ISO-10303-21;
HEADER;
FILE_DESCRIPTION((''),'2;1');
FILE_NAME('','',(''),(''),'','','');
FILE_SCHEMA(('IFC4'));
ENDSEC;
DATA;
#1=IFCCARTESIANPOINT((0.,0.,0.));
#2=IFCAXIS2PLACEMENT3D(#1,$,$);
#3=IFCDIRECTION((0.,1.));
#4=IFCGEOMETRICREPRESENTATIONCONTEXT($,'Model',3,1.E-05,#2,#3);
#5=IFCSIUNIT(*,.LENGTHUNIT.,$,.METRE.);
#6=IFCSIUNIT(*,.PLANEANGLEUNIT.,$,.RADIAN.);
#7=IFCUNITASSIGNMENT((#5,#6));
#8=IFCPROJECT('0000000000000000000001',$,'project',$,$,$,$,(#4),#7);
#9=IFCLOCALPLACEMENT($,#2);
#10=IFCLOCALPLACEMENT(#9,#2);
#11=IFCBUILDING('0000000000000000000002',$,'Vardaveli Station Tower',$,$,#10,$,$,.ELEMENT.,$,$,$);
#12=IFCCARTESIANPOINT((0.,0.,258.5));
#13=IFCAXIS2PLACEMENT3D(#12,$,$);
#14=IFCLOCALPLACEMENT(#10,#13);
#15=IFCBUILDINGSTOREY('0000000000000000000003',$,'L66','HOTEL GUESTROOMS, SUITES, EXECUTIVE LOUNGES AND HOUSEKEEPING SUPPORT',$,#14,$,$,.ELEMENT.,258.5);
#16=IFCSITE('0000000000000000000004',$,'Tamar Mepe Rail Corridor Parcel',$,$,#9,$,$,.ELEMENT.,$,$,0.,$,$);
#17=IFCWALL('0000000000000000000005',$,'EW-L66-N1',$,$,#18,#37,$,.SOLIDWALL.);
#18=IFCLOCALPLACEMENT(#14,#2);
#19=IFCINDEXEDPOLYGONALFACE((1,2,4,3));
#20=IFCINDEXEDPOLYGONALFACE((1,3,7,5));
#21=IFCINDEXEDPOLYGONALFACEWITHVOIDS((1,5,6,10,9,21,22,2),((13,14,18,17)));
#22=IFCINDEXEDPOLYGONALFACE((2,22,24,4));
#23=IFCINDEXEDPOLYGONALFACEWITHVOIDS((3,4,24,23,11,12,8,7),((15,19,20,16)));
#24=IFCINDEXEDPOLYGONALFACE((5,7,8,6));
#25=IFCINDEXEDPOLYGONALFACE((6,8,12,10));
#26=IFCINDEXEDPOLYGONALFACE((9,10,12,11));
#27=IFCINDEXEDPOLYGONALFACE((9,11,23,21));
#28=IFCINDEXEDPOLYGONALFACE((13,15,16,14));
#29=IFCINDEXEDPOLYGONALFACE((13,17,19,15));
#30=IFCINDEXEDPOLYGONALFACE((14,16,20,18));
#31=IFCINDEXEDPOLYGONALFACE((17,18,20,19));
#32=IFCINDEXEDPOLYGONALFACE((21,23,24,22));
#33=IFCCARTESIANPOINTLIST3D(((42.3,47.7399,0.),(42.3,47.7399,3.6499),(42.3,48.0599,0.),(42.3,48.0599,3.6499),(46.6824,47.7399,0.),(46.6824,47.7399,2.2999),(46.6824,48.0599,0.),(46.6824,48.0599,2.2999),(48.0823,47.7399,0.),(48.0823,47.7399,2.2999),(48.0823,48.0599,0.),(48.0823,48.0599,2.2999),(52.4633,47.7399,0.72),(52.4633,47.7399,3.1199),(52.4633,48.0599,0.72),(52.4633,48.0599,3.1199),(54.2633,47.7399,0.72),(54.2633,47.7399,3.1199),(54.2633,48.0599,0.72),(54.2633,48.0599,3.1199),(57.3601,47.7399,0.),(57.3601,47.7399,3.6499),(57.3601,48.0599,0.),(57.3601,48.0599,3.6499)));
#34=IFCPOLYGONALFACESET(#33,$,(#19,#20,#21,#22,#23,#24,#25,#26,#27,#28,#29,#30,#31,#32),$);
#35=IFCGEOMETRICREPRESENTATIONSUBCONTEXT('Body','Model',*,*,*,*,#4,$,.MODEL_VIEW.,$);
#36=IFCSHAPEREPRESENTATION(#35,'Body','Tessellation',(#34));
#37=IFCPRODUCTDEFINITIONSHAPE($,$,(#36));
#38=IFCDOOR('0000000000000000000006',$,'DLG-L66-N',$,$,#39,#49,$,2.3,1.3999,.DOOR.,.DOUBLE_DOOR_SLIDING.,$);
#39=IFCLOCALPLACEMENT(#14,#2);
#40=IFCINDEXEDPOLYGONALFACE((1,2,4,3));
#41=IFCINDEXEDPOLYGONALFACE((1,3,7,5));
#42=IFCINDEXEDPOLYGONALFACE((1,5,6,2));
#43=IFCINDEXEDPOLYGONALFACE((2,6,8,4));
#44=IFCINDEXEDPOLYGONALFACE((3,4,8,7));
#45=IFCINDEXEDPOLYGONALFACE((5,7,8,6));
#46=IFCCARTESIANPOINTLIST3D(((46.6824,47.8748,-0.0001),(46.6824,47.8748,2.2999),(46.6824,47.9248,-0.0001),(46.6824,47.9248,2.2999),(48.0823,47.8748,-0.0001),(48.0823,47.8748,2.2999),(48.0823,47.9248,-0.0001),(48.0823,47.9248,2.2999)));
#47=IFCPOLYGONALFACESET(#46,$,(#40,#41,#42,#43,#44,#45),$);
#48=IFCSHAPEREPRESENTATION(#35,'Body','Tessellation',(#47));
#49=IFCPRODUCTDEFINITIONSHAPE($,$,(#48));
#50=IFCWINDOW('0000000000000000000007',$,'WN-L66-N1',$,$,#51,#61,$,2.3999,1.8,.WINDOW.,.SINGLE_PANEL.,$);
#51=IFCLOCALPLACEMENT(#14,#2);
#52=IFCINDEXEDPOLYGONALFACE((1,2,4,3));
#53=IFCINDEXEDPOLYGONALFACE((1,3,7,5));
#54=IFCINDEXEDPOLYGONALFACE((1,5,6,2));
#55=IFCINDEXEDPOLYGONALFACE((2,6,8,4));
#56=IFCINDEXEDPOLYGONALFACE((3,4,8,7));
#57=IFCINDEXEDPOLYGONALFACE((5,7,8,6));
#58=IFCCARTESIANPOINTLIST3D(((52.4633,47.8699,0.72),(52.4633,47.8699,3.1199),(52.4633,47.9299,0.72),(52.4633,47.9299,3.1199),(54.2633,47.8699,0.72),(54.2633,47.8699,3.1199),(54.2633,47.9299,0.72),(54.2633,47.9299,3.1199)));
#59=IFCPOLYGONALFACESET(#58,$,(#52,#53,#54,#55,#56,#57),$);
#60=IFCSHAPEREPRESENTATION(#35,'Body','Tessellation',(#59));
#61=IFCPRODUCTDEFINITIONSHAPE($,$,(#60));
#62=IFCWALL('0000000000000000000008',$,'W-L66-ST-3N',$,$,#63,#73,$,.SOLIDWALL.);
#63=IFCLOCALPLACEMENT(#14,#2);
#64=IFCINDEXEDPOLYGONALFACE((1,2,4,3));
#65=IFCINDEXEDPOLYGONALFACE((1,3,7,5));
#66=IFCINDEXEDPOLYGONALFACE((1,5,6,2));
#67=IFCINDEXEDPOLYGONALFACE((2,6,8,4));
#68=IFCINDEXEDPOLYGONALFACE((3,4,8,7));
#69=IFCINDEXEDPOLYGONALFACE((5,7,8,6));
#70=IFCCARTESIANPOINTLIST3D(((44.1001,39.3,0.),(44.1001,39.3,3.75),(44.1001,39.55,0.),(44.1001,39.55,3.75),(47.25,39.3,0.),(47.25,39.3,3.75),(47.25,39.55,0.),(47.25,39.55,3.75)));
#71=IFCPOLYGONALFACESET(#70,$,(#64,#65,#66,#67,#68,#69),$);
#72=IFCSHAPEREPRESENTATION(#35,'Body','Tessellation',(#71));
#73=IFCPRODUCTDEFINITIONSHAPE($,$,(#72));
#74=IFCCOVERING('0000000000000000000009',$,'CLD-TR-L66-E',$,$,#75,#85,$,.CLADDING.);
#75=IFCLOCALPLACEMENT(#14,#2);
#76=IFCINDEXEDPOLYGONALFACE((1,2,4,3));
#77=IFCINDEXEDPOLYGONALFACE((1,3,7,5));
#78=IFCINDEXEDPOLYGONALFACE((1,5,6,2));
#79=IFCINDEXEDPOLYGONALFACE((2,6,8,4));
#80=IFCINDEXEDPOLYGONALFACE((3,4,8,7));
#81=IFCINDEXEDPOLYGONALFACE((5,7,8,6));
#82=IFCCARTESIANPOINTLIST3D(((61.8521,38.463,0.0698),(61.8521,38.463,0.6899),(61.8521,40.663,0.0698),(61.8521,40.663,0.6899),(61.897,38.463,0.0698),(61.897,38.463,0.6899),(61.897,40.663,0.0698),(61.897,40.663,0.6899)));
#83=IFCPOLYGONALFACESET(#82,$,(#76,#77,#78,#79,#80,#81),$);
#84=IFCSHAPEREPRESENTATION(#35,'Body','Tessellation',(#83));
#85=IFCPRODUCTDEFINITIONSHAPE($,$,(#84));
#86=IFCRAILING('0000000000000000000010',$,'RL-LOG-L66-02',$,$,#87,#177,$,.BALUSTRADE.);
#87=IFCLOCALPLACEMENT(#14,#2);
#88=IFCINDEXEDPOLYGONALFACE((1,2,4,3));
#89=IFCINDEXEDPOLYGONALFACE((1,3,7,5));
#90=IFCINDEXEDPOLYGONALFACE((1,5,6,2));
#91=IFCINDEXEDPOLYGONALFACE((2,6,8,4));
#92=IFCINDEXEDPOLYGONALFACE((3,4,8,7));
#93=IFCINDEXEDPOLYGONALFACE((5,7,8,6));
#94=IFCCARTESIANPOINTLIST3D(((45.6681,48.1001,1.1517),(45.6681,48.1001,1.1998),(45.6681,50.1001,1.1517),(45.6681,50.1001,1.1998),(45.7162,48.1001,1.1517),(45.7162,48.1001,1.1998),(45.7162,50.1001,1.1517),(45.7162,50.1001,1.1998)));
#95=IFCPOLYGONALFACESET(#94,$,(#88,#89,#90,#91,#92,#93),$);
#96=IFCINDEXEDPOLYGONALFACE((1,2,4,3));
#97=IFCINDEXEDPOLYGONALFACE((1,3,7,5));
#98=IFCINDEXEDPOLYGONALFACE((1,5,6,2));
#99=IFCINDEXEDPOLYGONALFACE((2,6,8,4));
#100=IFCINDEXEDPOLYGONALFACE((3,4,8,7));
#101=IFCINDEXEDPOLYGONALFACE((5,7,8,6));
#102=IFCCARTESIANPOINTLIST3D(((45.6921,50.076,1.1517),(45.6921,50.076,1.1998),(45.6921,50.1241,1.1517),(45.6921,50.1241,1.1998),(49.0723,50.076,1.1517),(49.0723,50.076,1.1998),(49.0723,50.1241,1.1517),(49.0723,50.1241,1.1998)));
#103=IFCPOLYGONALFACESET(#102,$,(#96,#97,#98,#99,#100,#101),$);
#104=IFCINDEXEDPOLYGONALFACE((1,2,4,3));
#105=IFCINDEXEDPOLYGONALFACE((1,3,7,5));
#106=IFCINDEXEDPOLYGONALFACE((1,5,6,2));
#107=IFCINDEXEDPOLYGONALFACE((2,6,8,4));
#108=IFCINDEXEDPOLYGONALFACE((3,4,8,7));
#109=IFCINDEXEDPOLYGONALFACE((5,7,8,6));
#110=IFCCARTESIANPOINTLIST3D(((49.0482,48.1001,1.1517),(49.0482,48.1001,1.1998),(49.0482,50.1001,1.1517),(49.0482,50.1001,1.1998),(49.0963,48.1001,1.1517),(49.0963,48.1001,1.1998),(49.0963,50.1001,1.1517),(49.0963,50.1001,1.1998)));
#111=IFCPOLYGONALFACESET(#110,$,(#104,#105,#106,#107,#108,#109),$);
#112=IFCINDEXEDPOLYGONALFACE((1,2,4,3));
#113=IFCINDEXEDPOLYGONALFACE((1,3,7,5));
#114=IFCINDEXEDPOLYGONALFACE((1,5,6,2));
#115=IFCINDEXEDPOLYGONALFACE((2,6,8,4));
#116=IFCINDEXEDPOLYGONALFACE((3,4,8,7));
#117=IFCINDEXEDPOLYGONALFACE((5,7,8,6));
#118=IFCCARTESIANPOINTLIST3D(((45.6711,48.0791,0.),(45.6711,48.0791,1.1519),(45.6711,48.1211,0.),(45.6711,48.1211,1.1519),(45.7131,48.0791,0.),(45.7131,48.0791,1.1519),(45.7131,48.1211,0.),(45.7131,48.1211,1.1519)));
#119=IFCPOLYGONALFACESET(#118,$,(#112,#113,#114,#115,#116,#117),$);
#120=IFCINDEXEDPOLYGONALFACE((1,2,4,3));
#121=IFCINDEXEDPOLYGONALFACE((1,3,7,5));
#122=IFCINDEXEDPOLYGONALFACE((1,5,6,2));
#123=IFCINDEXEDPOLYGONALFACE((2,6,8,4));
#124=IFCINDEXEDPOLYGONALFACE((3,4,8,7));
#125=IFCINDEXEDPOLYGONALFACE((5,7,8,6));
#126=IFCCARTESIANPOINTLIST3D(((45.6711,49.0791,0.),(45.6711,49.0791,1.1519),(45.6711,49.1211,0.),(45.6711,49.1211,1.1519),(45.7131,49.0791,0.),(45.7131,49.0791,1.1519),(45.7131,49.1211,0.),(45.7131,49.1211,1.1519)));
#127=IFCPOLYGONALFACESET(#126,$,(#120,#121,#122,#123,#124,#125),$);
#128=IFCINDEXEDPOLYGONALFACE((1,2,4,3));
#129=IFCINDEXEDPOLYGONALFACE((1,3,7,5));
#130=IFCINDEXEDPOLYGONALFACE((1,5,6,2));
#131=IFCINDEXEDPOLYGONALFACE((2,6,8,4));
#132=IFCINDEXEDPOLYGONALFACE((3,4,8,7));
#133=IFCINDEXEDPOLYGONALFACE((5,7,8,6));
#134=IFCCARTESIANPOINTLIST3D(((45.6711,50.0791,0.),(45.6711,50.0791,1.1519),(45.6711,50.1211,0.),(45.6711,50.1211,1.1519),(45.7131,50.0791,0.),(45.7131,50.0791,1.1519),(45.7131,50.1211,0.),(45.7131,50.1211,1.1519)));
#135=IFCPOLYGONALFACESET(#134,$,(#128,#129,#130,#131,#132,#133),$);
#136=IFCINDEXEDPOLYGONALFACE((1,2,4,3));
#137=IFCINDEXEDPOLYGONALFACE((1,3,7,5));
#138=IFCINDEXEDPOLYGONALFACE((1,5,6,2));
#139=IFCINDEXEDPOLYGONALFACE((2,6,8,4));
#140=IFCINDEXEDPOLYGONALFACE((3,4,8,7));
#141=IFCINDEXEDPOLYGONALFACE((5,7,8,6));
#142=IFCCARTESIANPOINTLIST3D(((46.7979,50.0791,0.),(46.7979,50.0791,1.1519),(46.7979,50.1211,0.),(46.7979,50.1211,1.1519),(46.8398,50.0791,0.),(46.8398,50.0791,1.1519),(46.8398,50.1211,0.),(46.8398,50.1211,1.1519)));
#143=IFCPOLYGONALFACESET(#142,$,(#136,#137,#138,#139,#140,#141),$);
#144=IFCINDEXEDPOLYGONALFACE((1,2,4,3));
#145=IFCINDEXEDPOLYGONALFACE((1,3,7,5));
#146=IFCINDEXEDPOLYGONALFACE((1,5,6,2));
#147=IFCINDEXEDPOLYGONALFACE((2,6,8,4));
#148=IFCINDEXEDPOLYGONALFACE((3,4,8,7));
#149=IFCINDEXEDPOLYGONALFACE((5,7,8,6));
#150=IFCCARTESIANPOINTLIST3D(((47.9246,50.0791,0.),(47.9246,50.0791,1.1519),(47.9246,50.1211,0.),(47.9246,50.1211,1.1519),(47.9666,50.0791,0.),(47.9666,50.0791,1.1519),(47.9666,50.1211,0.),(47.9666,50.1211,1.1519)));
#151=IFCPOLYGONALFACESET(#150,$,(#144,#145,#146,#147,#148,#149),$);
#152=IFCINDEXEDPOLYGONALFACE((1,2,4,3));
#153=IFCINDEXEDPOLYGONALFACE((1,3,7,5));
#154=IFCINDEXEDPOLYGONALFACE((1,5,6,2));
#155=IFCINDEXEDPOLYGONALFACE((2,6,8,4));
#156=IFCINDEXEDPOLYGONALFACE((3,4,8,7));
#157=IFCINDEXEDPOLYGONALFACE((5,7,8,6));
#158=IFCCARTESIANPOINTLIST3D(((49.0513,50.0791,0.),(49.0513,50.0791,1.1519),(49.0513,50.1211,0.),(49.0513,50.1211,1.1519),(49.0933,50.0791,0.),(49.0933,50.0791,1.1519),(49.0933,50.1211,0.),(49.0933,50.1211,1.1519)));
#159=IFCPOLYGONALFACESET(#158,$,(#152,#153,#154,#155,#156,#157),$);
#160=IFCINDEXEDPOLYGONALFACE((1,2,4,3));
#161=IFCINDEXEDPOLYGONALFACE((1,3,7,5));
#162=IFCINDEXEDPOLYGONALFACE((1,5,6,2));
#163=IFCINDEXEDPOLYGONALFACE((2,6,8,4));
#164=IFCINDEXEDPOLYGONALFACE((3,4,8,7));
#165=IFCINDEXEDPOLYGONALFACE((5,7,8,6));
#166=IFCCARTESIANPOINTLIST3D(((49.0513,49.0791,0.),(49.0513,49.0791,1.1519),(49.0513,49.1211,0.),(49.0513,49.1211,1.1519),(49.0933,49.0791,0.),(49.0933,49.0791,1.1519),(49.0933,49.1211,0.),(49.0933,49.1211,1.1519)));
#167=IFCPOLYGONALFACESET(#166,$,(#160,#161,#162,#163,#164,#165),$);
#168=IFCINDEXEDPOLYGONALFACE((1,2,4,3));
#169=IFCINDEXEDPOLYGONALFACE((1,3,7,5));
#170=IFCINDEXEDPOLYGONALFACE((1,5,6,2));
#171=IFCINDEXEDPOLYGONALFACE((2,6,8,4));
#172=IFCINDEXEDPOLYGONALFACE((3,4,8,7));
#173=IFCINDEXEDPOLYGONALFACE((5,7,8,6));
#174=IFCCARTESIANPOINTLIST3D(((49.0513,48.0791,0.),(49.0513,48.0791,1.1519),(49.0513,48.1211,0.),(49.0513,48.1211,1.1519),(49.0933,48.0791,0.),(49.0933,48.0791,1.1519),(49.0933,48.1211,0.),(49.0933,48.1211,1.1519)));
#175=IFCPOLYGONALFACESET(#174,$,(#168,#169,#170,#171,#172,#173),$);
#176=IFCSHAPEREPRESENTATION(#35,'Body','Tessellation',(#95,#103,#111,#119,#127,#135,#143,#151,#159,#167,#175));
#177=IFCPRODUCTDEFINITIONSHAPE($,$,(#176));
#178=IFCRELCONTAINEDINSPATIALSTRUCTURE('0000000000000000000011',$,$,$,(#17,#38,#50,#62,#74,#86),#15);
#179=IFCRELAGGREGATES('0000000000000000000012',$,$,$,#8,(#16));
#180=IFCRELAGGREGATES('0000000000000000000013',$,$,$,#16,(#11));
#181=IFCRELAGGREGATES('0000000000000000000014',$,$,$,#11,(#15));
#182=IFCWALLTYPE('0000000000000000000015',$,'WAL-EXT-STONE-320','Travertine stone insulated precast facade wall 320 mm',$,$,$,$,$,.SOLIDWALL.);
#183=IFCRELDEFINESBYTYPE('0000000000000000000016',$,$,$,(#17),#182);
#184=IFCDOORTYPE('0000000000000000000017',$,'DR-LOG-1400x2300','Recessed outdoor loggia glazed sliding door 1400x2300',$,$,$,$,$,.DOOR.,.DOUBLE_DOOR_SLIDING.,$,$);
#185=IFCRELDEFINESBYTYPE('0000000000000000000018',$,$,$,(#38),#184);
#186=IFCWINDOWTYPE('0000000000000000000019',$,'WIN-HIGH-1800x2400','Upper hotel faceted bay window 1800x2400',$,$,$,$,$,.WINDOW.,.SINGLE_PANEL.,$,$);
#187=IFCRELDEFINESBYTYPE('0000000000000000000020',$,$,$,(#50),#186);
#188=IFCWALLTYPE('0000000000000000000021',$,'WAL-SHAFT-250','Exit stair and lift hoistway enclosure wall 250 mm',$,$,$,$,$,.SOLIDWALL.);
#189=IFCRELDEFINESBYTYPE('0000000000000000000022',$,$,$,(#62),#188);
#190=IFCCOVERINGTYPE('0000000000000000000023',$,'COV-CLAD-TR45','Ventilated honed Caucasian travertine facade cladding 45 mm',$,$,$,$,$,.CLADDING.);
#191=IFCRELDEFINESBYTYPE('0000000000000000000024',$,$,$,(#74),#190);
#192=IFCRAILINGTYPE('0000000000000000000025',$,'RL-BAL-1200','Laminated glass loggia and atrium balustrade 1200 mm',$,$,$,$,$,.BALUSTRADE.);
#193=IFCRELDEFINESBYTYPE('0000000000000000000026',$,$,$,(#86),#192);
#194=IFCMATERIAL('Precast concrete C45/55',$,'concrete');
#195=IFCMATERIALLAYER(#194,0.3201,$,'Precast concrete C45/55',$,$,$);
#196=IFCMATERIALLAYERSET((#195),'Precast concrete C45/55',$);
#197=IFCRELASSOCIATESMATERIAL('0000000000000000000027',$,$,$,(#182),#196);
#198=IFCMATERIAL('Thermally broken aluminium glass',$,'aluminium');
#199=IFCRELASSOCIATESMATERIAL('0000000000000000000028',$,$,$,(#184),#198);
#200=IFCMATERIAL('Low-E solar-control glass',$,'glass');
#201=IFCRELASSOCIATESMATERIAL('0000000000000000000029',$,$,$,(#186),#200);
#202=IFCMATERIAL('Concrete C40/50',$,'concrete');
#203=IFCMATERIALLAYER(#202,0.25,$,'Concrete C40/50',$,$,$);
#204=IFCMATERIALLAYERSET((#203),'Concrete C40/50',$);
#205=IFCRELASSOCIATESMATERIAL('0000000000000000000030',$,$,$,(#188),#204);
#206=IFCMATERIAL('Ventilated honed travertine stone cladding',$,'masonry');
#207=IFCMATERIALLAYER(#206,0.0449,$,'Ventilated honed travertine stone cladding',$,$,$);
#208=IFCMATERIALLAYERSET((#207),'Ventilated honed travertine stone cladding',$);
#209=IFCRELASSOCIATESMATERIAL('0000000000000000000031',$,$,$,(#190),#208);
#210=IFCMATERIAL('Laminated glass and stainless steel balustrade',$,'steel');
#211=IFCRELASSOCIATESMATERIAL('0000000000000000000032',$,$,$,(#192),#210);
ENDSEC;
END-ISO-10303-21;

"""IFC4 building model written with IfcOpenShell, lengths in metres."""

from ifc_helpers import new_model, si_unit, direction, frame, frame_2d, origin, origin_2d, place, context, subcontext, project, spatial, rectangle, extrude, source, transform, mapped, material, layer, layer_set, type_object, element, fill, save


model = new_model("IFC4")

# Units and contexts
model_context = context("Model", 3, precision=1e-05, world=origin(), true_north=direction((0.0, 1.0)))
body_context = subcontext(model_context, "Body", "Model", "MODEL_VIEW")
ifc_project = project(units=[si_unit("LENGTHUNIT", "METRE"), si_unit("PLANEANGLEUNIT", "RADIAN")], contexts=[model_context])

# Site, building, storey
site_placement = place(None, origin())
site = spatial("IfcSite", under=ifc_project, at=site_placement, Name="Tamar Mepe Rail Corridor Parcel", CompositionType="ELEMENT", RefElevation=0.0)
building_placement = place(site_placement, origin())
building = spatial("IfcBuilding", under=site, at=building_placement, Name="Vardaveli Station Tower", CompositionType="ELEMENT")
storey_placement = place(building_placement, frame((0.0, 0.0, 258.5)))
storey = spatial("IfcBuildingStorey", under=building, at=storey_placement, Name="L66", Description="HOTEL GUESTROOMS, SUITES, EXECUTIVE LOUNGES AND HOUSEKEEPING SUPPORT", CompositionType="ELEMENT", Elevation=258.5)

# Shared definitions
ifc_material_1 = material(Name="Precast concrete C45/55", Category="concrete")

# Shared definitions
ifc_layer_1 = layer(ifc_material_1, 0.3201, Name="Precast concrete C45/55")
ifc_layer_set_1 = layer_set([ifc_layer_1], Name="Precast concrete C45/55")
wall_type_1 = type_object("IfcWallType", Name="WAL-EXT-STONE-320", Description="Travertine stone insulated precast facade wall 320 mm", PredefinedType="SOLIDWALL", material=ifc_layer_set_1)

# Wall, openings, door, window
shared_shape_1 = source(origin(), body_context, "Body", "SweptSolid", [
    extrude(rectangle(XDim=15.0601, YDim=0.3201, at=frame_2d((7.53, 0.0))), origin(), (0.0, 0.0, 1.0), 3.6499),
])
wall_1_placement = place(storey_placement, frame((57.3601, 47.8999, 0.0), z_axis=(0.0, 0.0, 1.0), x_axis=(-1.0, 0.0, 0.0)))
wall_1 = element("IfcWall", 1, at=wall_1_placement, inside=storey, type_object=wall_type_1, Name="EW-L66-N1", PredefinedType="SOLIDWALL", context=body_context, shape_type="MappedRepresentation", body=[
    mapped(shared_shape_1, transform((0.0, 0.0, 0.0), scale=1.0)),
])
shared_shape_2 = source(origin(), body_context, "Body", "SweptSolid", [
    extrude(rectangle(XDim=1.3999, YDim=2.3, at=frame_2d((0.7, 1.1499))), frame((0.0, 0.1699, 0.0), z_axis=(0.0, -1.0, 0.0), x_axis=(1.0, 0.0, 0.0)), (0.0, 0.0, 1.0), 0.3401),
])
opening_1_placement = place(wall_1_placement, frame((9.2778, 0.0, 0.0)))
opening_1 = element("IfcOpeningElement", 2, at=opening_1_placement, cuts=wall_1, PredefinedType="OPENING", context=body_context, shape_type="MappedRepresentation", body=[
    mapped(shared_shape_2, transform((0.0, 0.0, 0.0), scale=1.0)),
])
shared_shape_3 = source(origin(), body_context, "Body", "SweptSolid", [
    extrude(rectangle(XDim=1.8, YDim=2.3999, at=frame_2d((0.8999, 1.2))), frame((0.0, 0.1699, 0.0), z_axis=(0.0, -1.0, 0.0), x_axis=(1.0, 0.0, 0.0)), (0.0, 0.0, 1.0), 0.3401),
])
opening_2_placement = place(wall_1_placement, frame((3.0969, 0.0, 0.72)))
opening_2 = element("IfcOpeningElement", 3, at=opening_2_placement, cuts=wall_1, PredefinedType="OPENING", context=body_context, shape_type="MappedRepresentation", body=[
    mapped(shared_shape_3, transform((0.0, 0.0, 0.0), scale=1.0)),
])
ifc_material_2 = material(Name="Thermally broken aluminium glass", Category="aluminium")
door_type = type_object("IfcDoorType", Name="DR-LOG-1400x2300", Description="Recessed outdoor loggia glazed sliding door 1400x2300", OperationType="DOUBLE_DOOR_SLIDING", PredefinedType="DOOR", material=ifc_material_2)
shared_shape_4 = source(origin(), body_context, "Body", "SweptSolid", [
    extrude(rectangle(XDim=1.3999, YDim=2.3, at=frame_2d((0.7, 1.1499))), frame((0.0, 0.0249, 0.0), z_axis=(0.0, -1.0, 0.0), x_axis=(1.0, 0.0, 0.0)), (0.0, 0.0, 1.0), 0.05),
])
door_placement = place(opening_1_placement, frame((1.3999, 0.0, 0.0), z_axis=(0.0, 0.0, 1.0), x_axis=(-1.0, 0.0, 0.0)))
door = element("IfcDoor", 4, at=door_placement, inside=storey, type_object=door_type, Name="DLG-L66-N", OperationType="DOUBLE_DOOR_SLIDING", OverallHeight=2.3, OverallWidth=1.3999, PredefinedType="DOOR", context=body_context, shape_type="MappedRepresentation", body=[
    mapped(shared_shape_4, transform((0.0, 0.0, 0.0), scale=1.0)),
])
fill(opening_1, door)
ifc_material_3 = material(Name="Low-E solar-control glass", Category="glass")
window_type = type_object("IfcWindowType", Name="WIN-HIGH-1800x2400", Description="Upper hotel faceted bay window 1800x2400", PartitioningType="SINGLE_PANEL", PredefinedType="WINDOW", material=ifc_material_3)
shared_shape_5 = source(origin(), body_context, "Body", "SweptSolid", [
    extrude(rectangle(XDim=1.8, YDim=2.3999, at=frame_2d((0.8999, 1.2))), frame((0.0, 0.03, 0.0), z_axis=(0.0, -1.0, 0.0), x_axis=(1.0, 0.0, 0.0)), (0.0, 0.0, 1.0), 0.0601),
])
window_placement = place(opening_2_placement, origin())
window = element("IfcWindow", 5, at=window_placement, inside=storey, type_object=window_type, Name="WN-L66-N1", OverallHeight=2.3999, OverallWidth=1.8, PartitioningType="SINGLE_PANEL", PredefinedType="WINDOW", context=body_context, shape_type="MappedRepresentation", body=[
    mapped(shared_shape_5, transform((0.0, 0.0, 0.0), scale=1.0)),
])
fill(opening_2, window)

# Wall
ifc_material_4 = material(Name="Concrete C40/50", Category="concrete")
ifc_layer_2 = layer(ifc_material_4, 0.25, Name="Concrete C40/50")
ifc_layer_set_2 = layer_set([ifc_layer_2], Name="Concrete C40/50")
wall_type_2 = type_object("IfcWallType", Name="WAL-SHAFT-250", Description="Exit stair and lift hoistway enclosure wall 250 mm", PredefinedType="SOLIDWALL", material=ifc_layer_set_2)
shared_shape_6 = source(origin(), body_context, "Body", "SweptSolid", [
    extrude(rectangle(XDim=3.1499, YDim=0.25, at=frame_2d((1.575, 0.0))), origin(), (0.0, 0.0, 1.0), 3.75),
])
wall_2_placement = place(storey_placement, frame((44.1001, 39.425, 0.0), z_axis=(0.0, 0.0, 1.0), x_axis=(1.0, 0.0, 0.0)))
element("IfcWall", 6, at=wall_2_placement, inside=storey, type_object=wall_type_2, Name="W-L66-ST-3N", PredefinedType="SOLIDWALL", context=body_context, shape_type="MappedRepresentation", body=[
    mapped(shared_shape_6, transform((0.0, 0.0, 0.0), scale=1.0)),
])

# Covering
ifc_material_5 = material(Name="Ventilated honed travertine stone cladding", Category="masonry")
ifc_layer_3 = layer(ifc_material_5, 0.0449, Name="Ventilated honed travertine stone cladding")
ifc_layer_set_3 = layer_set([ifc_layer_3], Name="Ventilated honed travertine stone cladding")
covering_type = type_object("IfcCoveringType", Name="COV-CLAD-TR45", Description="Ventilated honed Caucasian travertine facade cladding 45 mm", PredefinedType="CLADDING", material=ifc_layer_set_3)
shared_shape_7 = source(origin(), body_context, "Body", "SweptSolid", [
    extrude(rectangle(XDim=2.2, YDim=0.0449, at=origin_2d()), origin(), (0.0, 0.0, 1.0), 0.6201),
])
covering_placement = place(storey_placement, frame((61.8745, 39.563, 0.0698), z_axis=(0.0, 0.0, 1.0), x_axis=(0.0, 1.0, 0.0)))
element("IfcCovering", 7, at=covering_placement, inside=storey, type_object=covering_type, Name="CLD-TR-L66-E", PredefinedType="CLADDING", context=body_context, shape_type="MappedRepresentation", body=[
    mapped(shared_shape_7, transform((0.0, 0.0, 0.0), scale=1.0)),
])

# Railing
ifc_material_6 = material(Name="Laminated glass and stainless steel balustrade", Category="steel")
railing_type = type_object("IfcRailingType", Name="RL-BAL-1200", Description="Laminated glass loggia and atrium balustrade 1200 mm", PredefinedType="BALUSTRADE", material=ifc_material_6)
shared_shape_8 = source(origin(), body_context, "Body", "SweptSolid", [
    extrude(rectangle(XDim=0.0481, YDim=0.0481, at=origin_2d()), frame((0.0, 0.0, 1.1758), z_axis=(0.0, 1.0, 0.0), x_axis=(-1.0, 0.0, 0.0)), (0.0, 0.0, 1.0), 2.0),
    extrude(rectangle(XDim=0.0481, YDim=0.0481, at=origin_2d()), frame((0.0, 2.0, 1.1758), z_axis=(1.0, 0.0, 0.0), x_axis=(0.0, 1.0, 0.0)), (0.0, 0.0, 1.0), 3.3801),
    extrude(rectangle(XDim=0.0481, YDim=0.0481, at=origin_2d()), frame((3.3801, 2.0, 1.1758), z_axis=(0.0, -1.0, 0.0), x_axis=(1.0, 0.0, 0.0)), (0.0, 0.0, 1.0), 2.0),
    extrude(rectangle(XDim=0.042, YDim=0.042, at=origin_2d()), origin(), (0.0, 0.0, 1.0), 1.1519),
    extrude(rectangle(XDim=0.042, YDim=0.042, at=origin_2d()), frame((0.0, 1.0, 0.0)), (0.0, 0.0, 1.0), 1.1519),
    extrude(rectangle(XDim=0.042, YDim=0.042, at=origin_2d()), frame((0.0, 2.0, 0.0)), (0.0, 0.0, 1.0), 1.1519),
    extrude(rectangle(XDim=0.042, YDim=0.042, at=origin_2d()), frame((1.1267, 2.0, 0.0)), (0.0, 0.0, 1.0), 1.1519),
    extrude(rectangle(XDim=0.042, YDim=0.042, at=origin_2d()), frame((2.2534, 2.0, 0.0)), (0.0, 0.0, 1.0), 1.1519),
    extrude(rectangle(XDim=0.042, YDim=0.042, at=origin_2d()), frame((3.3801, 2.0, 0.0)), (0.0, 0.0, 1.0), 1.1519),
    extrude(rectangle(XDim=0.042, YDim=0.042, at=origin_2d()), frame((3.3801, 1.0, 0.0)), (0.0, 0.0, 1.0), 1.1519),
    extrude(rectangle(XDim=0.042, YDim=0.042, at=origin_2d()), frame((3.3801, 0.0, 0.0)), (0.0, 0.0, 1.0), 1.1519),
])
railing_placement = place(storey_placement, frame((45.6921, 48.1001, 0.0)))
element("IfcRailing", 8, at=railing_placement, inside=storey, type_object=railing_type, Name="RL-LOG-L66-02", PredefinedType="BALUSTRADE", context=body_context, shape_type="MappedRepresentation", body=[
    mapped(shared_shape_8, transform((0.0, 0.0, 0.0), scale=1.0)),
])

save(model, "model.ifc")
